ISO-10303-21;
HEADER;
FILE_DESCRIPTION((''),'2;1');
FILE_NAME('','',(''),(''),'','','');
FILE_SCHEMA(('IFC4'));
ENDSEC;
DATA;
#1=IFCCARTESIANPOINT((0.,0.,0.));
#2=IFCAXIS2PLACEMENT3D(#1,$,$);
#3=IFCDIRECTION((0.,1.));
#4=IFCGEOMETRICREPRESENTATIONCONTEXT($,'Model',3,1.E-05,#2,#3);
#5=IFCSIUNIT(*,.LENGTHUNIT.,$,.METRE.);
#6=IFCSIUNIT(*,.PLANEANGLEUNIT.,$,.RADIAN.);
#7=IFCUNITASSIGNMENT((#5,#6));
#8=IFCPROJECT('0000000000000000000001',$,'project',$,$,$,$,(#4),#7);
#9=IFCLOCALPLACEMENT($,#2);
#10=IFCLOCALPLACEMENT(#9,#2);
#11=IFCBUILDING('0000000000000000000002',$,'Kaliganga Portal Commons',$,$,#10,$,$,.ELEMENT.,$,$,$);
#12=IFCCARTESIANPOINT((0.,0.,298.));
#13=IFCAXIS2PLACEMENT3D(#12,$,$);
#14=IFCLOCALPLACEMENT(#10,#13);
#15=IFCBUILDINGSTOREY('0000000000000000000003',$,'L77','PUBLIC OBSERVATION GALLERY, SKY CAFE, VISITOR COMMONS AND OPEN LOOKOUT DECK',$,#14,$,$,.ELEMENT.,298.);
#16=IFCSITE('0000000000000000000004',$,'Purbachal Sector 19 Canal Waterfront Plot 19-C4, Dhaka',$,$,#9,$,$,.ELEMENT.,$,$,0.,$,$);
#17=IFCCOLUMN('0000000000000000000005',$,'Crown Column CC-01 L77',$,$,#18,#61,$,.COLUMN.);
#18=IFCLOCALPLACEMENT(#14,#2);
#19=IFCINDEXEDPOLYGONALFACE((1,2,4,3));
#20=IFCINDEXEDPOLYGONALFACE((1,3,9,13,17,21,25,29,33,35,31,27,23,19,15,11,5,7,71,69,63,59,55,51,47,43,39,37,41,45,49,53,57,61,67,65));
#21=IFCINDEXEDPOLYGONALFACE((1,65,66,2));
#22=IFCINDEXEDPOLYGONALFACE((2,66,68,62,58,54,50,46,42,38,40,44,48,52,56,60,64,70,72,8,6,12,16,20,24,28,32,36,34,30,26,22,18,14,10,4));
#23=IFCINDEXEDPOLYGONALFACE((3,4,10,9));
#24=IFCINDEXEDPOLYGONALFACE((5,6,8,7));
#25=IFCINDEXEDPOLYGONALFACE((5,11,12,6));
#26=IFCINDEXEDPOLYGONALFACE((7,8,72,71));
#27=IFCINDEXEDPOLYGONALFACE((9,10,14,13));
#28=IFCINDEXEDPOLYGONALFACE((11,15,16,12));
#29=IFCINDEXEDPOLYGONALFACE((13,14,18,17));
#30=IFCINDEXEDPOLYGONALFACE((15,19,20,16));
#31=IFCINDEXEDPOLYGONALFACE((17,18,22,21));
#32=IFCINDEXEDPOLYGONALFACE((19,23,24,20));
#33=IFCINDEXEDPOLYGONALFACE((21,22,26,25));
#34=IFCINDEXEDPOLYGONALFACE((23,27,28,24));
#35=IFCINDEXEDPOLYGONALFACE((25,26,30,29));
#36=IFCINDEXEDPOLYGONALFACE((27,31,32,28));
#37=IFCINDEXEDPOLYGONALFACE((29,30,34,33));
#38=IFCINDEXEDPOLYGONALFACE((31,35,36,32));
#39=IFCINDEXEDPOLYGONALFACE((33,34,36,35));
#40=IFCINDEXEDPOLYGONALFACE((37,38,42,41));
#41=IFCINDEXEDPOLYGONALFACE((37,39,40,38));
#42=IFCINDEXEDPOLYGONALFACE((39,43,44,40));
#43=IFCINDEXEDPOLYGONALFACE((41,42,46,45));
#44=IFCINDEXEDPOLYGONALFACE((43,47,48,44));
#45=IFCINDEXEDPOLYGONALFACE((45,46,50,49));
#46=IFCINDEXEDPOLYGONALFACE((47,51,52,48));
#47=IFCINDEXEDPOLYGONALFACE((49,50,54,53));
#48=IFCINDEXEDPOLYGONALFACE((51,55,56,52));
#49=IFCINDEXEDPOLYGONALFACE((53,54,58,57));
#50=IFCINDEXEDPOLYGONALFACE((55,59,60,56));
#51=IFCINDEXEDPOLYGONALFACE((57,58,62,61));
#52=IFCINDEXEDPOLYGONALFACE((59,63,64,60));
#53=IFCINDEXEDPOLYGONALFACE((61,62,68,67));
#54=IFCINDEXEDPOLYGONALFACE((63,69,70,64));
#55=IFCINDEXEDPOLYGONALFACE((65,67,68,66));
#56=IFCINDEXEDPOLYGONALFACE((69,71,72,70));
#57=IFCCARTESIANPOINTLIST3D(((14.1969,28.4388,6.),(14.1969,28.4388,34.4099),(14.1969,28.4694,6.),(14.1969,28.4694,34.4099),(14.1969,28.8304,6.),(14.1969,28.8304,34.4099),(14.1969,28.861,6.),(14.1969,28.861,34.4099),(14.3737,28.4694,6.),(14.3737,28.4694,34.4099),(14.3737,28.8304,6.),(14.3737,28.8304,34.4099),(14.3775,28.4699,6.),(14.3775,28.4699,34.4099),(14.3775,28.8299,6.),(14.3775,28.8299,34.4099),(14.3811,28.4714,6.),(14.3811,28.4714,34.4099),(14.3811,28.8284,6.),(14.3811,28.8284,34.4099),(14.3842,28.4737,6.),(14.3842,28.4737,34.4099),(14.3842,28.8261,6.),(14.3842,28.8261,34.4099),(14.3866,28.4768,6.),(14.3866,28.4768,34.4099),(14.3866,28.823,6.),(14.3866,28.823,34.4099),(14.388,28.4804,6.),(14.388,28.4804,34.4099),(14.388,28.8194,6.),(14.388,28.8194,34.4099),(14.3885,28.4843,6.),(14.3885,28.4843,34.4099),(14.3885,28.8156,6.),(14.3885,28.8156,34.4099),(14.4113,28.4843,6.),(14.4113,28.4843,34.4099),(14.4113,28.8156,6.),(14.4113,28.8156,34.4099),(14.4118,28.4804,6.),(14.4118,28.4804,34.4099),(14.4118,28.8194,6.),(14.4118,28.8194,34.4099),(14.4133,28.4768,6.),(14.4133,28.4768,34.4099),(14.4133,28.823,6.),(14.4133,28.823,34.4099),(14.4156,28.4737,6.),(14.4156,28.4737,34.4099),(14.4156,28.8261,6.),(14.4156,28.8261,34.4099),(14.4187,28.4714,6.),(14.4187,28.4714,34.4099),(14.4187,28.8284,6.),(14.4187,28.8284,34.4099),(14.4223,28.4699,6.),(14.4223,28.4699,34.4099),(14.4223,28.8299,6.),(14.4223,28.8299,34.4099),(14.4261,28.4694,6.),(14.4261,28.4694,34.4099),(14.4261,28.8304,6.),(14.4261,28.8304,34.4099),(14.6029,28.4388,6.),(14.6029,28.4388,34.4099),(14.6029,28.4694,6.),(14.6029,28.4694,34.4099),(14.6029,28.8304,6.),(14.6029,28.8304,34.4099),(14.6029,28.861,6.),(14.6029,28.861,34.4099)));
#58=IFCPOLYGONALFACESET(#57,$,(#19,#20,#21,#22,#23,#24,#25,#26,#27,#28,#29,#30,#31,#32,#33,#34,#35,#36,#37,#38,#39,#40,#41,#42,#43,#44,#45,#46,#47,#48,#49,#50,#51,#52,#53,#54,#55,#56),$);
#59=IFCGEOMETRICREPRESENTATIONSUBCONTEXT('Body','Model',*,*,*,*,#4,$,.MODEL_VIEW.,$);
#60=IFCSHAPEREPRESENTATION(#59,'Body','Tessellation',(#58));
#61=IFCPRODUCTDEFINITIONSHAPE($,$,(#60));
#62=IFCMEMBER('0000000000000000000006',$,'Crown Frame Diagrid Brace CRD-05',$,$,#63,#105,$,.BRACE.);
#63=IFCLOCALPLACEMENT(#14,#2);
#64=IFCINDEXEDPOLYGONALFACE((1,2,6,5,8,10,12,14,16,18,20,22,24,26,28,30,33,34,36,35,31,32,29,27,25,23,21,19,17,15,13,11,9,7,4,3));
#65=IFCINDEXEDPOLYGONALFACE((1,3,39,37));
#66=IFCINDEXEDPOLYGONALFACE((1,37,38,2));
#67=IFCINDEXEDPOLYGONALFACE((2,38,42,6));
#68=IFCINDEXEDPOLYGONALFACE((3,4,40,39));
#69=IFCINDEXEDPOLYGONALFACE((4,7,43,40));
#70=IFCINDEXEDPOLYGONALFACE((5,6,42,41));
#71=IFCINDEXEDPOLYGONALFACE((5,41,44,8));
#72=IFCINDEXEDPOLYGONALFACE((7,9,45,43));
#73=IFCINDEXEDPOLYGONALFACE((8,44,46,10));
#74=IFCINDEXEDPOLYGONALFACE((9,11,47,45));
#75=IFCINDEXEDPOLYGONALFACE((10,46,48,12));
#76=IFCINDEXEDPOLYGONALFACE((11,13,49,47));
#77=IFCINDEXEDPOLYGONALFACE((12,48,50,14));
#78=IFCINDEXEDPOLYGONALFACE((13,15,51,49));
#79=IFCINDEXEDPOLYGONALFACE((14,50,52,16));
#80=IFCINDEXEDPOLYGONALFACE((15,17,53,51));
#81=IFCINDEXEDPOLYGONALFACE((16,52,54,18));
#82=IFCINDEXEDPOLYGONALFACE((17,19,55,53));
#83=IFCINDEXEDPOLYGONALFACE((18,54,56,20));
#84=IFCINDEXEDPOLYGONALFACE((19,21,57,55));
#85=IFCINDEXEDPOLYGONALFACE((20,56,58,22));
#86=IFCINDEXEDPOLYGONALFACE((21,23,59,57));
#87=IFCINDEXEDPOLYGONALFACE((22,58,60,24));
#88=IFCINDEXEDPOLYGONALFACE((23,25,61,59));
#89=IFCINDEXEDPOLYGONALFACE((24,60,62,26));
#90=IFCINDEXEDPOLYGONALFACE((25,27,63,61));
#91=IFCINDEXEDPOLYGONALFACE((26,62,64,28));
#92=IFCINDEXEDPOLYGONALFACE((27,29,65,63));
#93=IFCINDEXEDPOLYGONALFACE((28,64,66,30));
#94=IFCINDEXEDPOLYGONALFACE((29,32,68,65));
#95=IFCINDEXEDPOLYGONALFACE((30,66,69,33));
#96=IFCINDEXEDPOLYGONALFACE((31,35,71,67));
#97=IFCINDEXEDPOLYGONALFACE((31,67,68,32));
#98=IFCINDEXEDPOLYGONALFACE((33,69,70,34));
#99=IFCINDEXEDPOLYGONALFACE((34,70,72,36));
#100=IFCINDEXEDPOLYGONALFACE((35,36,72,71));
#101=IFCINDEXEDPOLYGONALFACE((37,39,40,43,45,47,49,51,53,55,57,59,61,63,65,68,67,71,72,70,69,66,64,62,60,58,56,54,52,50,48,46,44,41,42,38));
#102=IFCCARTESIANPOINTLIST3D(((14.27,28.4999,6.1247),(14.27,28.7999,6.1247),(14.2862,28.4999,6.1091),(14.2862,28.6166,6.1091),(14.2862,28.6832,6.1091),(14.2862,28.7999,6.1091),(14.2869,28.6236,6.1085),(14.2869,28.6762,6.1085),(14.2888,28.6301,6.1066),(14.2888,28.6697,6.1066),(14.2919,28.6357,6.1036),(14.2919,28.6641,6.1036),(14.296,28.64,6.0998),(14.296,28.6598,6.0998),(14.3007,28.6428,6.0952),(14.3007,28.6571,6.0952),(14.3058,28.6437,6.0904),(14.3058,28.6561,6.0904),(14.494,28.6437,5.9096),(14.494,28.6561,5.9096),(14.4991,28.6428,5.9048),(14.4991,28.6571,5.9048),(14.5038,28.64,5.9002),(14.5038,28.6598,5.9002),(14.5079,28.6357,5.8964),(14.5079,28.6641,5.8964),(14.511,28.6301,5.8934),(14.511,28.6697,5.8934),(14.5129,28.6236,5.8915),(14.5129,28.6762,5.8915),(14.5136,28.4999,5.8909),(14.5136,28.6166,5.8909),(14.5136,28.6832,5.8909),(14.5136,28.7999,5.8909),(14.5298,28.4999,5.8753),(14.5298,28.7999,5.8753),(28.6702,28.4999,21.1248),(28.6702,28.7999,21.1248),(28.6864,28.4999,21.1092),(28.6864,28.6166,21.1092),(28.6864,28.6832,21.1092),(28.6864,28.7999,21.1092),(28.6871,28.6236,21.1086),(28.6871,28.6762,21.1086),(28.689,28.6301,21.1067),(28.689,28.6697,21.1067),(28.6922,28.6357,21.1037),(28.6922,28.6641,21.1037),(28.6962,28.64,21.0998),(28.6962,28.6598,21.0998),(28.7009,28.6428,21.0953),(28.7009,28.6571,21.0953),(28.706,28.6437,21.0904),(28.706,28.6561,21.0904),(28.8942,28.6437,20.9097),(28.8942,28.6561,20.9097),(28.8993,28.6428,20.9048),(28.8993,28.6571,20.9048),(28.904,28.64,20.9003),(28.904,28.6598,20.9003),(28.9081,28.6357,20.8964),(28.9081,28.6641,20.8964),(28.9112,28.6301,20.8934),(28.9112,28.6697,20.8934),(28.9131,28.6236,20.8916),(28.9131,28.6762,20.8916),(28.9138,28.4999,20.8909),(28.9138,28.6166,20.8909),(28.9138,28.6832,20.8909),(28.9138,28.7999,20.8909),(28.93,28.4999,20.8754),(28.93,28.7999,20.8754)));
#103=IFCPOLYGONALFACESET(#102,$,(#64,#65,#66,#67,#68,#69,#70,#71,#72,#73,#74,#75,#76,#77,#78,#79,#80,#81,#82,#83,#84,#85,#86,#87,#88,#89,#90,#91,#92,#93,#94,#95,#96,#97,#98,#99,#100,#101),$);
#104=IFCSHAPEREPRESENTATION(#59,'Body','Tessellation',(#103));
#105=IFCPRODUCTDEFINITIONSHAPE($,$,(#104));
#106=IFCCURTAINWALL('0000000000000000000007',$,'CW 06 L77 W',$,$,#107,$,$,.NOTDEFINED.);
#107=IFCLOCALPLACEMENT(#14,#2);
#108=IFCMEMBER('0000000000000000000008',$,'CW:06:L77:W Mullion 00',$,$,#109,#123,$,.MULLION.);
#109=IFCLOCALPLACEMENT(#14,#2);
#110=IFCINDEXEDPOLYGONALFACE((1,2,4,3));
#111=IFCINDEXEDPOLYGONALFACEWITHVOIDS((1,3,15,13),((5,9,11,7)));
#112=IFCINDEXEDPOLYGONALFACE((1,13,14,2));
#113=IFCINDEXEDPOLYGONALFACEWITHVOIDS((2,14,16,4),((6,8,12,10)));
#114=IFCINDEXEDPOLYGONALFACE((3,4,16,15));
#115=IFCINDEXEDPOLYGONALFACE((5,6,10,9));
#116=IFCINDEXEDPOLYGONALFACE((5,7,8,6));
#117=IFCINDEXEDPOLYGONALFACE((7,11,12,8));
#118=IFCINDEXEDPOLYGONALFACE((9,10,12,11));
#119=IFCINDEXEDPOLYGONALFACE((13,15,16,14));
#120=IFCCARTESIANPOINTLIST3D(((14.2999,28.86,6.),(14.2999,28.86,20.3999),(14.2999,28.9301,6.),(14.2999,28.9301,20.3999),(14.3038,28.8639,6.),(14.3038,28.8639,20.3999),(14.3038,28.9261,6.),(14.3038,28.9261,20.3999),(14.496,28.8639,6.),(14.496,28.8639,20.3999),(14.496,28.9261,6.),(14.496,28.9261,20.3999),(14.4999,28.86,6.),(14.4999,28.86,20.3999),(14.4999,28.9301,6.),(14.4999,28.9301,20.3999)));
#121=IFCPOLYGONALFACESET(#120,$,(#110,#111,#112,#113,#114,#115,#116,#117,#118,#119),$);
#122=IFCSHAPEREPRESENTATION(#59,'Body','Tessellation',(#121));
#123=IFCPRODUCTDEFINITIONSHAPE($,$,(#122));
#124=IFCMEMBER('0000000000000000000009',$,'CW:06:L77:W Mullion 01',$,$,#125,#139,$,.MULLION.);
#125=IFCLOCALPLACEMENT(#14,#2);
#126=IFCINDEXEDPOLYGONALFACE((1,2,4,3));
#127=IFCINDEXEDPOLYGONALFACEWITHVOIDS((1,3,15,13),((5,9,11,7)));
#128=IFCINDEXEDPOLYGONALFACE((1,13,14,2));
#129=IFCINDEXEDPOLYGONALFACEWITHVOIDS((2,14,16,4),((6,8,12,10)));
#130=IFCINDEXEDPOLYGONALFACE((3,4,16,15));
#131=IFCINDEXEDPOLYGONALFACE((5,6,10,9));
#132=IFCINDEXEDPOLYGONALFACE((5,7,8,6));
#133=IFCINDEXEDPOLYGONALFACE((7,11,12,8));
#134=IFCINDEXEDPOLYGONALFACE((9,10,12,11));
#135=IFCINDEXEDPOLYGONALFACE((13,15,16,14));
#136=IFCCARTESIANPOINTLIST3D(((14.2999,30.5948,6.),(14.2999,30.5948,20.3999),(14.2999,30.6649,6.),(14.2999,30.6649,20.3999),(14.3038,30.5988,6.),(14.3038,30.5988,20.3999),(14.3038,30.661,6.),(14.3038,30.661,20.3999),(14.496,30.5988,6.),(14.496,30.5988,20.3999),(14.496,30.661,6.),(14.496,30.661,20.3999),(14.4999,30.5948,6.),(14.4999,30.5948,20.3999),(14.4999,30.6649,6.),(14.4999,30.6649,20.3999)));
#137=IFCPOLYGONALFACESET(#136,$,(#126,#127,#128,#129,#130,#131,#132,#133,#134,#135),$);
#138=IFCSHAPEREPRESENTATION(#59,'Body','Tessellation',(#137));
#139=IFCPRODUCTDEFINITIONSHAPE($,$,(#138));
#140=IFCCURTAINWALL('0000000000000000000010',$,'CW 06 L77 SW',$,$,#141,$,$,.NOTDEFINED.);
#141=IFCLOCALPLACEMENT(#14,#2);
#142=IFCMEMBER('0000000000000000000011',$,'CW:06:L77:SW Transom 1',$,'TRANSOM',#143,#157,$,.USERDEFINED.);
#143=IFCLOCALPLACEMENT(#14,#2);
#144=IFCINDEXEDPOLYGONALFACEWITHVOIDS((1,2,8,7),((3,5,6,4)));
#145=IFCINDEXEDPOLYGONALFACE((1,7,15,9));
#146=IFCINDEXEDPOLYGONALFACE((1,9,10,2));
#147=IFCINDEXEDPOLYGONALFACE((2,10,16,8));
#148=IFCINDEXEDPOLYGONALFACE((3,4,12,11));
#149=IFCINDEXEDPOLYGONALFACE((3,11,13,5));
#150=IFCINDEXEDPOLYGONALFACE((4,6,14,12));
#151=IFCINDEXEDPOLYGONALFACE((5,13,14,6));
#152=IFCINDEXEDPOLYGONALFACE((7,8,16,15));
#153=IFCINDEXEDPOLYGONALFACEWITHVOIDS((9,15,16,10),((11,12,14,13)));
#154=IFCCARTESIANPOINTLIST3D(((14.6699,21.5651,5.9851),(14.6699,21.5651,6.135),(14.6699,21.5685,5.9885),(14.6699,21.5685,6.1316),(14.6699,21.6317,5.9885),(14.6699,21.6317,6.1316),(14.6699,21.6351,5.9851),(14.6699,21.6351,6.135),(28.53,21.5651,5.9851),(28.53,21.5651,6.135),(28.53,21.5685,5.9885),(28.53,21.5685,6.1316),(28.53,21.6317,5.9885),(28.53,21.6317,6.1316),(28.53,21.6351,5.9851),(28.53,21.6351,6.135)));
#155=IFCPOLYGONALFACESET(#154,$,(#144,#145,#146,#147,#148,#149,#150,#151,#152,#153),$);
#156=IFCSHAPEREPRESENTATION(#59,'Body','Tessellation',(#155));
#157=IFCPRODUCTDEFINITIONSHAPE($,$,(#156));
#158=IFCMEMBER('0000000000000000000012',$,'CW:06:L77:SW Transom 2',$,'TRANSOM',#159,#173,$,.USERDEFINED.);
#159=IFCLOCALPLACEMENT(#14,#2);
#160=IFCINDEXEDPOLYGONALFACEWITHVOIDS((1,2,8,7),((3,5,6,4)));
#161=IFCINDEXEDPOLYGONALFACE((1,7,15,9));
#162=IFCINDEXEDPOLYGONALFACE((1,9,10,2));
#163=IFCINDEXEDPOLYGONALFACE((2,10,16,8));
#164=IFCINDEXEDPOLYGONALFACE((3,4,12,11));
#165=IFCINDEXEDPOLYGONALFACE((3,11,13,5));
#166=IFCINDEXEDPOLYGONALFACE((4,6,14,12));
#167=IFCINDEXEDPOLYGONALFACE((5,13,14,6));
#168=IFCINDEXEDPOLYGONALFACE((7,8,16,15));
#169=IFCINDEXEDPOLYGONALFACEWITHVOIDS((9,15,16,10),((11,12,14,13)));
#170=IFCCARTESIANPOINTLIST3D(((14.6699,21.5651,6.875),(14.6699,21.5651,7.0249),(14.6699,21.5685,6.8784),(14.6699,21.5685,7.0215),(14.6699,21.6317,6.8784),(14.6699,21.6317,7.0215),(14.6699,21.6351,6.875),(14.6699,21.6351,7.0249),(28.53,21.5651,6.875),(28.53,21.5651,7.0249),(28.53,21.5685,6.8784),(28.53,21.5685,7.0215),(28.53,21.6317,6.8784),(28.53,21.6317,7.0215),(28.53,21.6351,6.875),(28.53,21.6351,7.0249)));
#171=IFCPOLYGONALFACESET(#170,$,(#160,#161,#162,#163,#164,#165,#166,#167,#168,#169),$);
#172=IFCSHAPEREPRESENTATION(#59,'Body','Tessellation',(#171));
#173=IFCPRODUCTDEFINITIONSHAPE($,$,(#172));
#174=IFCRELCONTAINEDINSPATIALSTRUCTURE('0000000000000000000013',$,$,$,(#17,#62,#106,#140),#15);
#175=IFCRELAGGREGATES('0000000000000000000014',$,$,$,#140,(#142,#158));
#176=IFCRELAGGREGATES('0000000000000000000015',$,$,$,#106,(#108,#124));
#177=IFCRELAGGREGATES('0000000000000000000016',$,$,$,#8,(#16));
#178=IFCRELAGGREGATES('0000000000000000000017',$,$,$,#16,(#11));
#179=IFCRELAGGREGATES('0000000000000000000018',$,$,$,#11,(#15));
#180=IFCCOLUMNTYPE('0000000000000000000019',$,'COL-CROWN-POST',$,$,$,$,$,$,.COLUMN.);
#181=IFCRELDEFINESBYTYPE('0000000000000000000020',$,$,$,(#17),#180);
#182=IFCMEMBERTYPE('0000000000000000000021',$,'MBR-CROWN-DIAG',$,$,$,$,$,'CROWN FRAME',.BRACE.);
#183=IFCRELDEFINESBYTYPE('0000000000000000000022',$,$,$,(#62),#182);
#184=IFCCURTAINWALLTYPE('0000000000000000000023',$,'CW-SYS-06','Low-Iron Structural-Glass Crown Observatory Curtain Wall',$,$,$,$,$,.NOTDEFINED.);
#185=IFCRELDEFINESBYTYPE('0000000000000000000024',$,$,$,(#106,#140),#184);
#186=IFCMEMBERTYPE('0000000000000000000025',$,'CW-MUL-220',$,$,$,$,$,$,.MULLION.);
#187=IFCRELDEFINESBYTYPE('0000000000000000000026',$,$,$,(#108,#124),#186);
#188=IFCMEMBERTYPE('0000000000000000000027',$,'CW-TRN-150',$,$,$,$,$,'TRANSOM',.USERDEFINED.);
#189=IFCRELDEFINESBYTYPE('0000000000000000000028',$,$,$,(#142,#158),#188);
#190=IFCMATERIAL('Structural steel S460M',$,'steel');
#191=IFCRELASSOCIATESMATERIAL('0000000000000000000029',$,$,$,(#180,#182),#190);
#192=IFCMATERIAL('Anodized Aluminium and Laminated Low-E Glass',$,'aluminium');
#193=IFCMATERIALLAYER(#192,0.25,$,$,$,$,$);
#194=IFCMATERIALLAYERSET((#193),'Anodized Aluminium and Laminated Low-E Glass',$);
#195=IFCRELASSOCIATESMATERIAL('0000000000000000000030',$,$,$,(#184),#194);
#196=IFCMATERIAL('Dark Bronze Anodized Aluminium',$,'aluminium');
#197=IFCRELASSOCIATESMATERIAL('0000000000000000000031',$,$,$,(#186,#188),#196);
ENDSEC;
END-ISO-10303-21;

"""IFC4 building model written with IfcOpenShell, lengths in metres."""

from ifc_helpers import new_model, si_unit, direction, frame, origin, origin_2d, place, context, subcontext, project, spatial, hollow_rectangle, i_section, extrude, source, transform, mapped, material, layer, layer_set, material_profile, profile_set, type_object, element, aggregate, save


model = new_model("IFC4")

# Units and contexts
model_context = context("Model", 3, precision=1e-05, world=origin(), true_north=direction((0.0, 1.0)))
body_context = subcontext(model_context, "Body", "Model", "MODEL_VIEW")
ifc_project = project(units=[si_unit("LENGTHUNIT", "METRE"), si_unit("PLANEANGLEUNIT", "RADIAN")], contexts=[model_context])

# Site, building, storey
site_placement = place(None, origin())
site = spatial("IfcSite", under=ifc_project, at=site_placement, Name="Purbachal Sector 19 Canal Waterfront Plot 19-C4, Dhaka", CompositionType="ELEMENT", RefElevation=0.0)
building_placement = place(site_placement, origin())
building = spatial("IfcBuilding", under=site, at=building_placement, Name="Kaliganga Portal Commons", CompositionType="ELEMENT")
storey_placement = place(building_placement, frame((0.0, 0.0, 298.0)))
storey = spatial("IfcBuildingStorey", under=building, at=storey_placement, Name="L77", Description="PUBLIC OBSERVATION GALLERY, SKY CAFE, VISITOR COMMONS AND OPEN LOOKOUT DECK", CompositionType="ELEMENT", Elevation=298.0)

# Column
ifc_material_1 = material(Name="Structural steel S460M", Category="steel")
ifc_material_profile_1 = material_profile(ifc_material_1, i_section(OverallWidth=0.406, OverallDepth=0.4221, WebThickness=0.0227, FlangeThickness=0.0305, FilletRadius=0.0149, at=origin_2d()), Name="HD 400x382")
ifc_profile_set_1 = profile_set([ifc_material_profile_1], Name="Structural steel S460M wide-flange")
column_type = type_object("IfcColumnType", Name="COL-CROWN-POST", PredefinedType="COLUMN", material=ifc_profile_set_1)
shared_shape_1 = source(origin(), body_context, "Body", "SweptSolid", [
    extrude(i_section(OverallWidth=0.406, OverallDepth=0.4221, WebThickness=0.0227, FlangeThickness=0.0305, FilletRadius=0.0149, at=origin_2d()), origin(), (0.0, 0.0, 1.0), 28.4099),
])
column_placement = place(storey_placement, frame((14.3999, 28.6499, 6.0), z_axis=(0.0, 0.0, 1.0), x_axis=(1.0, 0.0, 0.0)))
element("IfcColumn", 1, at=column_placement, inside=storey, type_object=column_type, Name="Crown Column CC-01 L77", PredefinedType="COLUMN", context=body_context, shape_type="MappedRepresentation", body=[
    mapped(shared_shape_1, transform((0.0, 0.0, 0.0), x_axis=(1.0, 0.0, 0.0), y_axis=(0.0, 1.0, 0.0), z_axis=(0.0, 0.0, 1.0), scale=1.0)),
])

# Member
ifc_material_profile_2 = material_profile(ifc_material_1, i_section(OverallWidth=0.3, OverallDepth=0.3601, WebThickness=0.0125, FlangeThickness=0.0225, FilletRadius=0.0271, at=origin_2d()), Name="HE 360 B")
ifc_profile_set_2 = profile_set([ifc_material_profile_2], Name="Structural steel S460M wide-flange")
member_type_1 = type_object("IfcMemberType", Name="MBR-CROWN-DIAG", ElementType="CROWN FRAME", PredefinedType="BRACE", material=ifc_profile_set_2)
shared_shape_2 = source(origin(), body_context, "Body", "SweptSolid", [
    extrude(i_section(OverallWidth=0.3, OverallDepth=0.3601, WebThickness=0.0125, FlangeThickness=0.0225, FilletRadius=0.0271, at=origin_2d()), origin(), (0.0, 0.0, 1.0), 20.7935),
])
member_1_placement = place(storey_placement, frame((14.3999, 28.6499, 6.0), z_axis=(0.692535, 0.0, 0.721384), x_axis=(0.0, 1.0, 0.0)))
element("IfcMember", 2, at=member_1_placement, inside=storey, type_object=member_type_1, Name="Crown Frame Diagrid Brace CRD-05", PredefinedType="BRACE", context=body_context, shape_type="MappedRepresentation", body=[
    mapped(shared_shape_2, transform((0.0, 0.0, 0.0), x_axis=(1.0, 0.0, 0.0), y_axis=(0.0, 1.0, 0.0), z_axis=(0.0, 0.0, 1.0), scale=1.0)),
])

# Curtain walls, members
ifc_material_2 = material(Name="Anodized Aluminium and Laminated Low-E Glass", Category="aluminium")
ifc_layer_1 = layer(ifc_material_2, 0.25)
ifc_layer_set_1 = layer_set([ifc_layer_1], Name="Anodized Aluminium and Laminated Low-E Glass")
curtain_wall_type = type_object("IfcCurtainWallType", Name="CW-SYS-06", Description="Low-Iron Structural-Glass Crown Observatory Curtain Wall", PredefinedType="NOTDEFINED", material=ifc_layer_set_1)
curtain_wall_1_placement = place(storey_placement, origin())
curtain_wall_1 = element("IfcCurtainWall", 3, at=curtain_wall_1_placement, inside=storey, type_object=curtain_wall_type, Name="CW 06 L77 W", PredefinedType="NOTDEFINED")
ifc_material_3 = material(Name="Dark Bronze Anodized Aluminium", Category="aluminium")
ifc_material_profile_3 = material_profile(ifc_material_3, hollow_rectangle(XDim=0.0701, YDim=0.2, WallThickness=0.0039, at=origin_2d()), Name="ALU MULL 70x200x4")
ifc_profile_set_3 = profile_set([ifc_material_profile_3], Name="Dark Bronze Anodized Aluminium")
member_type_2 = type_object("IfcMemberType", Name="CW-MUL-220", PredefinedType="MULLION", material=ifc_profile_set_3)
shared_shape_3 = source(origin(), body_context, "Body", "SweptSolid", [
    extrude(hollow_rectangle(XDim=0.0701, YDim=0.2, WallThickness=0.0039, at=origin_2d()), origin(), (0.0, 0.0, 1.0), 14.3999),
])
member_2_placement = place(storey_placement, frame((14.3999, 28.895, 6.0), z_axis=(0.0, 0.0, 1.0), x_axis=(0.0, 1.0, 0.0)))
member_2 = element("IfcMember", 4, at=member_2_placement, type_object=member_type_2, Name="CW:06:L77:W Mullion 00", PredefinedType="MULLION", context=body_context, shape_type="MappedRepresentation", body=[
    mapped(shared_shape_3, transform((0.0, 0.0, 0.0), x_axis=(1.0, 0.0, 0.0), y_axis=(0.0, 1.0, 0.0), z_axis=(0.0, 0.0, 1.0), scale=1.0)),
])
member_3_placement = place(storey_placement, frame((14.3999, 30.6299, 6.0), z_axis=(0.0, 0.0, 1.0), x_axis=(0.0, 1.0, 0.0)))
member_3 = element("IfcMember", 5, at=member_3_placement, type_object=member_type_2, Name="CW:06:L77:W Mullion 01", PredefinedType="MULLION", context=body_context, shape_type="MappedRepresentation", body=[
    mapped(shared_shape_3, transform((0.0, 0.0, 0.0), x_axis=(1.0, 0.0, 0.0), y_axis=(0.0, 1.0, 0.0), z_axis=(0.0, 0.0, 1.0), scale=1.0)),
])
curtain_wall_2_placement = place(storey_placement, origin())
curtain_wall_2 = element("IfcCurtainWall", 6, at=curtain_wall_2_placement, inside=storey, type_object=curtain_wall_type, Name="CW 06 L77 SW", PredefinedType="NOTDEFINED")
ifc_material_profile_4 = material_profile(ifc_material_3, hollow_rectangle(XDim=0.0701, YDim=0.1499, WallThickness=0.0034, at=origin_2d()), Name="ALU TRAN 70x150x3.5")
ifc_profile_set_4 = profile_set([ifc_material_profile_4], Name="Dark Bronze Anodized Aluminium")
member_type_3 = type_object("IfcMemberType", Name="CW-TRN-150", ElementType="TRANSOM", PredefinedType="USERDEFINED", material=ifc_profile_set_4)
shared_shape_4 = source(origin(), body_context, "Body", "SweptSolid", [
    extrude(hollow_rectangle(XDim=0.0701, YDim=0.1499, WallThickness=0.0034, at=origin_2d()), origin(), (0.0, 0.0, 1.0), 13.8601),
])
member_4_placement = place(storey_placement, frame((14.6699, 21.6001, 6.0601), z_axis=(1.0, 0.0, 0.0), x_axis=(0.0, 1.0, 0.0)))
member_4 = element("IfcMember", 7, at=member_4_placement, type_object=member_type_3, Name="CW:06:L77:SW Transom 1", ObjectType="TRANSOM", PredefinedType="USERDEFINED", context=body_context, shape_type="MappedRepresentation", body=[
    mapped(shared_shape_4, transform((0.0, 0.0, 0.0), x_axis=(1.0, 0.0, 0.0), y_axis=(0.0, 1.0, 0.0), z_axis=(0.0, 0.0, 1.0), scale=1.0)),
])
member_5_placement = place(storey_placement, frame((14.6699, 21.6001, 6.95), z_axis=(1.0, 0.0, 0.0), x_axis=(0.0, 1.0, 0.0)))
member_5 = element("IfcMember", 8, at=member_5_placement, type_object=member_type_3, Name="CW:06:L77:SW Transom 2", ObjectType="TRANSOM", PredefinedType="USERDEFINED", context=body_context, shape_type="MappedRepresentation", body=[
    mapped(shared_shape_4, transform((0.0, 0.0, 0.0), x_axis=(1.0, 0.0, 0.0), y_axis=(0.0, 1.0, 0.0), z_axis=(0.0, 0.0, 1.0), scale=1.0)),
])

aggregate(curtain_wall_2, [member_4, member_5])
aggregate(curtain_wall_1, [member_2, member_3])

save(model, "model.ifc")
